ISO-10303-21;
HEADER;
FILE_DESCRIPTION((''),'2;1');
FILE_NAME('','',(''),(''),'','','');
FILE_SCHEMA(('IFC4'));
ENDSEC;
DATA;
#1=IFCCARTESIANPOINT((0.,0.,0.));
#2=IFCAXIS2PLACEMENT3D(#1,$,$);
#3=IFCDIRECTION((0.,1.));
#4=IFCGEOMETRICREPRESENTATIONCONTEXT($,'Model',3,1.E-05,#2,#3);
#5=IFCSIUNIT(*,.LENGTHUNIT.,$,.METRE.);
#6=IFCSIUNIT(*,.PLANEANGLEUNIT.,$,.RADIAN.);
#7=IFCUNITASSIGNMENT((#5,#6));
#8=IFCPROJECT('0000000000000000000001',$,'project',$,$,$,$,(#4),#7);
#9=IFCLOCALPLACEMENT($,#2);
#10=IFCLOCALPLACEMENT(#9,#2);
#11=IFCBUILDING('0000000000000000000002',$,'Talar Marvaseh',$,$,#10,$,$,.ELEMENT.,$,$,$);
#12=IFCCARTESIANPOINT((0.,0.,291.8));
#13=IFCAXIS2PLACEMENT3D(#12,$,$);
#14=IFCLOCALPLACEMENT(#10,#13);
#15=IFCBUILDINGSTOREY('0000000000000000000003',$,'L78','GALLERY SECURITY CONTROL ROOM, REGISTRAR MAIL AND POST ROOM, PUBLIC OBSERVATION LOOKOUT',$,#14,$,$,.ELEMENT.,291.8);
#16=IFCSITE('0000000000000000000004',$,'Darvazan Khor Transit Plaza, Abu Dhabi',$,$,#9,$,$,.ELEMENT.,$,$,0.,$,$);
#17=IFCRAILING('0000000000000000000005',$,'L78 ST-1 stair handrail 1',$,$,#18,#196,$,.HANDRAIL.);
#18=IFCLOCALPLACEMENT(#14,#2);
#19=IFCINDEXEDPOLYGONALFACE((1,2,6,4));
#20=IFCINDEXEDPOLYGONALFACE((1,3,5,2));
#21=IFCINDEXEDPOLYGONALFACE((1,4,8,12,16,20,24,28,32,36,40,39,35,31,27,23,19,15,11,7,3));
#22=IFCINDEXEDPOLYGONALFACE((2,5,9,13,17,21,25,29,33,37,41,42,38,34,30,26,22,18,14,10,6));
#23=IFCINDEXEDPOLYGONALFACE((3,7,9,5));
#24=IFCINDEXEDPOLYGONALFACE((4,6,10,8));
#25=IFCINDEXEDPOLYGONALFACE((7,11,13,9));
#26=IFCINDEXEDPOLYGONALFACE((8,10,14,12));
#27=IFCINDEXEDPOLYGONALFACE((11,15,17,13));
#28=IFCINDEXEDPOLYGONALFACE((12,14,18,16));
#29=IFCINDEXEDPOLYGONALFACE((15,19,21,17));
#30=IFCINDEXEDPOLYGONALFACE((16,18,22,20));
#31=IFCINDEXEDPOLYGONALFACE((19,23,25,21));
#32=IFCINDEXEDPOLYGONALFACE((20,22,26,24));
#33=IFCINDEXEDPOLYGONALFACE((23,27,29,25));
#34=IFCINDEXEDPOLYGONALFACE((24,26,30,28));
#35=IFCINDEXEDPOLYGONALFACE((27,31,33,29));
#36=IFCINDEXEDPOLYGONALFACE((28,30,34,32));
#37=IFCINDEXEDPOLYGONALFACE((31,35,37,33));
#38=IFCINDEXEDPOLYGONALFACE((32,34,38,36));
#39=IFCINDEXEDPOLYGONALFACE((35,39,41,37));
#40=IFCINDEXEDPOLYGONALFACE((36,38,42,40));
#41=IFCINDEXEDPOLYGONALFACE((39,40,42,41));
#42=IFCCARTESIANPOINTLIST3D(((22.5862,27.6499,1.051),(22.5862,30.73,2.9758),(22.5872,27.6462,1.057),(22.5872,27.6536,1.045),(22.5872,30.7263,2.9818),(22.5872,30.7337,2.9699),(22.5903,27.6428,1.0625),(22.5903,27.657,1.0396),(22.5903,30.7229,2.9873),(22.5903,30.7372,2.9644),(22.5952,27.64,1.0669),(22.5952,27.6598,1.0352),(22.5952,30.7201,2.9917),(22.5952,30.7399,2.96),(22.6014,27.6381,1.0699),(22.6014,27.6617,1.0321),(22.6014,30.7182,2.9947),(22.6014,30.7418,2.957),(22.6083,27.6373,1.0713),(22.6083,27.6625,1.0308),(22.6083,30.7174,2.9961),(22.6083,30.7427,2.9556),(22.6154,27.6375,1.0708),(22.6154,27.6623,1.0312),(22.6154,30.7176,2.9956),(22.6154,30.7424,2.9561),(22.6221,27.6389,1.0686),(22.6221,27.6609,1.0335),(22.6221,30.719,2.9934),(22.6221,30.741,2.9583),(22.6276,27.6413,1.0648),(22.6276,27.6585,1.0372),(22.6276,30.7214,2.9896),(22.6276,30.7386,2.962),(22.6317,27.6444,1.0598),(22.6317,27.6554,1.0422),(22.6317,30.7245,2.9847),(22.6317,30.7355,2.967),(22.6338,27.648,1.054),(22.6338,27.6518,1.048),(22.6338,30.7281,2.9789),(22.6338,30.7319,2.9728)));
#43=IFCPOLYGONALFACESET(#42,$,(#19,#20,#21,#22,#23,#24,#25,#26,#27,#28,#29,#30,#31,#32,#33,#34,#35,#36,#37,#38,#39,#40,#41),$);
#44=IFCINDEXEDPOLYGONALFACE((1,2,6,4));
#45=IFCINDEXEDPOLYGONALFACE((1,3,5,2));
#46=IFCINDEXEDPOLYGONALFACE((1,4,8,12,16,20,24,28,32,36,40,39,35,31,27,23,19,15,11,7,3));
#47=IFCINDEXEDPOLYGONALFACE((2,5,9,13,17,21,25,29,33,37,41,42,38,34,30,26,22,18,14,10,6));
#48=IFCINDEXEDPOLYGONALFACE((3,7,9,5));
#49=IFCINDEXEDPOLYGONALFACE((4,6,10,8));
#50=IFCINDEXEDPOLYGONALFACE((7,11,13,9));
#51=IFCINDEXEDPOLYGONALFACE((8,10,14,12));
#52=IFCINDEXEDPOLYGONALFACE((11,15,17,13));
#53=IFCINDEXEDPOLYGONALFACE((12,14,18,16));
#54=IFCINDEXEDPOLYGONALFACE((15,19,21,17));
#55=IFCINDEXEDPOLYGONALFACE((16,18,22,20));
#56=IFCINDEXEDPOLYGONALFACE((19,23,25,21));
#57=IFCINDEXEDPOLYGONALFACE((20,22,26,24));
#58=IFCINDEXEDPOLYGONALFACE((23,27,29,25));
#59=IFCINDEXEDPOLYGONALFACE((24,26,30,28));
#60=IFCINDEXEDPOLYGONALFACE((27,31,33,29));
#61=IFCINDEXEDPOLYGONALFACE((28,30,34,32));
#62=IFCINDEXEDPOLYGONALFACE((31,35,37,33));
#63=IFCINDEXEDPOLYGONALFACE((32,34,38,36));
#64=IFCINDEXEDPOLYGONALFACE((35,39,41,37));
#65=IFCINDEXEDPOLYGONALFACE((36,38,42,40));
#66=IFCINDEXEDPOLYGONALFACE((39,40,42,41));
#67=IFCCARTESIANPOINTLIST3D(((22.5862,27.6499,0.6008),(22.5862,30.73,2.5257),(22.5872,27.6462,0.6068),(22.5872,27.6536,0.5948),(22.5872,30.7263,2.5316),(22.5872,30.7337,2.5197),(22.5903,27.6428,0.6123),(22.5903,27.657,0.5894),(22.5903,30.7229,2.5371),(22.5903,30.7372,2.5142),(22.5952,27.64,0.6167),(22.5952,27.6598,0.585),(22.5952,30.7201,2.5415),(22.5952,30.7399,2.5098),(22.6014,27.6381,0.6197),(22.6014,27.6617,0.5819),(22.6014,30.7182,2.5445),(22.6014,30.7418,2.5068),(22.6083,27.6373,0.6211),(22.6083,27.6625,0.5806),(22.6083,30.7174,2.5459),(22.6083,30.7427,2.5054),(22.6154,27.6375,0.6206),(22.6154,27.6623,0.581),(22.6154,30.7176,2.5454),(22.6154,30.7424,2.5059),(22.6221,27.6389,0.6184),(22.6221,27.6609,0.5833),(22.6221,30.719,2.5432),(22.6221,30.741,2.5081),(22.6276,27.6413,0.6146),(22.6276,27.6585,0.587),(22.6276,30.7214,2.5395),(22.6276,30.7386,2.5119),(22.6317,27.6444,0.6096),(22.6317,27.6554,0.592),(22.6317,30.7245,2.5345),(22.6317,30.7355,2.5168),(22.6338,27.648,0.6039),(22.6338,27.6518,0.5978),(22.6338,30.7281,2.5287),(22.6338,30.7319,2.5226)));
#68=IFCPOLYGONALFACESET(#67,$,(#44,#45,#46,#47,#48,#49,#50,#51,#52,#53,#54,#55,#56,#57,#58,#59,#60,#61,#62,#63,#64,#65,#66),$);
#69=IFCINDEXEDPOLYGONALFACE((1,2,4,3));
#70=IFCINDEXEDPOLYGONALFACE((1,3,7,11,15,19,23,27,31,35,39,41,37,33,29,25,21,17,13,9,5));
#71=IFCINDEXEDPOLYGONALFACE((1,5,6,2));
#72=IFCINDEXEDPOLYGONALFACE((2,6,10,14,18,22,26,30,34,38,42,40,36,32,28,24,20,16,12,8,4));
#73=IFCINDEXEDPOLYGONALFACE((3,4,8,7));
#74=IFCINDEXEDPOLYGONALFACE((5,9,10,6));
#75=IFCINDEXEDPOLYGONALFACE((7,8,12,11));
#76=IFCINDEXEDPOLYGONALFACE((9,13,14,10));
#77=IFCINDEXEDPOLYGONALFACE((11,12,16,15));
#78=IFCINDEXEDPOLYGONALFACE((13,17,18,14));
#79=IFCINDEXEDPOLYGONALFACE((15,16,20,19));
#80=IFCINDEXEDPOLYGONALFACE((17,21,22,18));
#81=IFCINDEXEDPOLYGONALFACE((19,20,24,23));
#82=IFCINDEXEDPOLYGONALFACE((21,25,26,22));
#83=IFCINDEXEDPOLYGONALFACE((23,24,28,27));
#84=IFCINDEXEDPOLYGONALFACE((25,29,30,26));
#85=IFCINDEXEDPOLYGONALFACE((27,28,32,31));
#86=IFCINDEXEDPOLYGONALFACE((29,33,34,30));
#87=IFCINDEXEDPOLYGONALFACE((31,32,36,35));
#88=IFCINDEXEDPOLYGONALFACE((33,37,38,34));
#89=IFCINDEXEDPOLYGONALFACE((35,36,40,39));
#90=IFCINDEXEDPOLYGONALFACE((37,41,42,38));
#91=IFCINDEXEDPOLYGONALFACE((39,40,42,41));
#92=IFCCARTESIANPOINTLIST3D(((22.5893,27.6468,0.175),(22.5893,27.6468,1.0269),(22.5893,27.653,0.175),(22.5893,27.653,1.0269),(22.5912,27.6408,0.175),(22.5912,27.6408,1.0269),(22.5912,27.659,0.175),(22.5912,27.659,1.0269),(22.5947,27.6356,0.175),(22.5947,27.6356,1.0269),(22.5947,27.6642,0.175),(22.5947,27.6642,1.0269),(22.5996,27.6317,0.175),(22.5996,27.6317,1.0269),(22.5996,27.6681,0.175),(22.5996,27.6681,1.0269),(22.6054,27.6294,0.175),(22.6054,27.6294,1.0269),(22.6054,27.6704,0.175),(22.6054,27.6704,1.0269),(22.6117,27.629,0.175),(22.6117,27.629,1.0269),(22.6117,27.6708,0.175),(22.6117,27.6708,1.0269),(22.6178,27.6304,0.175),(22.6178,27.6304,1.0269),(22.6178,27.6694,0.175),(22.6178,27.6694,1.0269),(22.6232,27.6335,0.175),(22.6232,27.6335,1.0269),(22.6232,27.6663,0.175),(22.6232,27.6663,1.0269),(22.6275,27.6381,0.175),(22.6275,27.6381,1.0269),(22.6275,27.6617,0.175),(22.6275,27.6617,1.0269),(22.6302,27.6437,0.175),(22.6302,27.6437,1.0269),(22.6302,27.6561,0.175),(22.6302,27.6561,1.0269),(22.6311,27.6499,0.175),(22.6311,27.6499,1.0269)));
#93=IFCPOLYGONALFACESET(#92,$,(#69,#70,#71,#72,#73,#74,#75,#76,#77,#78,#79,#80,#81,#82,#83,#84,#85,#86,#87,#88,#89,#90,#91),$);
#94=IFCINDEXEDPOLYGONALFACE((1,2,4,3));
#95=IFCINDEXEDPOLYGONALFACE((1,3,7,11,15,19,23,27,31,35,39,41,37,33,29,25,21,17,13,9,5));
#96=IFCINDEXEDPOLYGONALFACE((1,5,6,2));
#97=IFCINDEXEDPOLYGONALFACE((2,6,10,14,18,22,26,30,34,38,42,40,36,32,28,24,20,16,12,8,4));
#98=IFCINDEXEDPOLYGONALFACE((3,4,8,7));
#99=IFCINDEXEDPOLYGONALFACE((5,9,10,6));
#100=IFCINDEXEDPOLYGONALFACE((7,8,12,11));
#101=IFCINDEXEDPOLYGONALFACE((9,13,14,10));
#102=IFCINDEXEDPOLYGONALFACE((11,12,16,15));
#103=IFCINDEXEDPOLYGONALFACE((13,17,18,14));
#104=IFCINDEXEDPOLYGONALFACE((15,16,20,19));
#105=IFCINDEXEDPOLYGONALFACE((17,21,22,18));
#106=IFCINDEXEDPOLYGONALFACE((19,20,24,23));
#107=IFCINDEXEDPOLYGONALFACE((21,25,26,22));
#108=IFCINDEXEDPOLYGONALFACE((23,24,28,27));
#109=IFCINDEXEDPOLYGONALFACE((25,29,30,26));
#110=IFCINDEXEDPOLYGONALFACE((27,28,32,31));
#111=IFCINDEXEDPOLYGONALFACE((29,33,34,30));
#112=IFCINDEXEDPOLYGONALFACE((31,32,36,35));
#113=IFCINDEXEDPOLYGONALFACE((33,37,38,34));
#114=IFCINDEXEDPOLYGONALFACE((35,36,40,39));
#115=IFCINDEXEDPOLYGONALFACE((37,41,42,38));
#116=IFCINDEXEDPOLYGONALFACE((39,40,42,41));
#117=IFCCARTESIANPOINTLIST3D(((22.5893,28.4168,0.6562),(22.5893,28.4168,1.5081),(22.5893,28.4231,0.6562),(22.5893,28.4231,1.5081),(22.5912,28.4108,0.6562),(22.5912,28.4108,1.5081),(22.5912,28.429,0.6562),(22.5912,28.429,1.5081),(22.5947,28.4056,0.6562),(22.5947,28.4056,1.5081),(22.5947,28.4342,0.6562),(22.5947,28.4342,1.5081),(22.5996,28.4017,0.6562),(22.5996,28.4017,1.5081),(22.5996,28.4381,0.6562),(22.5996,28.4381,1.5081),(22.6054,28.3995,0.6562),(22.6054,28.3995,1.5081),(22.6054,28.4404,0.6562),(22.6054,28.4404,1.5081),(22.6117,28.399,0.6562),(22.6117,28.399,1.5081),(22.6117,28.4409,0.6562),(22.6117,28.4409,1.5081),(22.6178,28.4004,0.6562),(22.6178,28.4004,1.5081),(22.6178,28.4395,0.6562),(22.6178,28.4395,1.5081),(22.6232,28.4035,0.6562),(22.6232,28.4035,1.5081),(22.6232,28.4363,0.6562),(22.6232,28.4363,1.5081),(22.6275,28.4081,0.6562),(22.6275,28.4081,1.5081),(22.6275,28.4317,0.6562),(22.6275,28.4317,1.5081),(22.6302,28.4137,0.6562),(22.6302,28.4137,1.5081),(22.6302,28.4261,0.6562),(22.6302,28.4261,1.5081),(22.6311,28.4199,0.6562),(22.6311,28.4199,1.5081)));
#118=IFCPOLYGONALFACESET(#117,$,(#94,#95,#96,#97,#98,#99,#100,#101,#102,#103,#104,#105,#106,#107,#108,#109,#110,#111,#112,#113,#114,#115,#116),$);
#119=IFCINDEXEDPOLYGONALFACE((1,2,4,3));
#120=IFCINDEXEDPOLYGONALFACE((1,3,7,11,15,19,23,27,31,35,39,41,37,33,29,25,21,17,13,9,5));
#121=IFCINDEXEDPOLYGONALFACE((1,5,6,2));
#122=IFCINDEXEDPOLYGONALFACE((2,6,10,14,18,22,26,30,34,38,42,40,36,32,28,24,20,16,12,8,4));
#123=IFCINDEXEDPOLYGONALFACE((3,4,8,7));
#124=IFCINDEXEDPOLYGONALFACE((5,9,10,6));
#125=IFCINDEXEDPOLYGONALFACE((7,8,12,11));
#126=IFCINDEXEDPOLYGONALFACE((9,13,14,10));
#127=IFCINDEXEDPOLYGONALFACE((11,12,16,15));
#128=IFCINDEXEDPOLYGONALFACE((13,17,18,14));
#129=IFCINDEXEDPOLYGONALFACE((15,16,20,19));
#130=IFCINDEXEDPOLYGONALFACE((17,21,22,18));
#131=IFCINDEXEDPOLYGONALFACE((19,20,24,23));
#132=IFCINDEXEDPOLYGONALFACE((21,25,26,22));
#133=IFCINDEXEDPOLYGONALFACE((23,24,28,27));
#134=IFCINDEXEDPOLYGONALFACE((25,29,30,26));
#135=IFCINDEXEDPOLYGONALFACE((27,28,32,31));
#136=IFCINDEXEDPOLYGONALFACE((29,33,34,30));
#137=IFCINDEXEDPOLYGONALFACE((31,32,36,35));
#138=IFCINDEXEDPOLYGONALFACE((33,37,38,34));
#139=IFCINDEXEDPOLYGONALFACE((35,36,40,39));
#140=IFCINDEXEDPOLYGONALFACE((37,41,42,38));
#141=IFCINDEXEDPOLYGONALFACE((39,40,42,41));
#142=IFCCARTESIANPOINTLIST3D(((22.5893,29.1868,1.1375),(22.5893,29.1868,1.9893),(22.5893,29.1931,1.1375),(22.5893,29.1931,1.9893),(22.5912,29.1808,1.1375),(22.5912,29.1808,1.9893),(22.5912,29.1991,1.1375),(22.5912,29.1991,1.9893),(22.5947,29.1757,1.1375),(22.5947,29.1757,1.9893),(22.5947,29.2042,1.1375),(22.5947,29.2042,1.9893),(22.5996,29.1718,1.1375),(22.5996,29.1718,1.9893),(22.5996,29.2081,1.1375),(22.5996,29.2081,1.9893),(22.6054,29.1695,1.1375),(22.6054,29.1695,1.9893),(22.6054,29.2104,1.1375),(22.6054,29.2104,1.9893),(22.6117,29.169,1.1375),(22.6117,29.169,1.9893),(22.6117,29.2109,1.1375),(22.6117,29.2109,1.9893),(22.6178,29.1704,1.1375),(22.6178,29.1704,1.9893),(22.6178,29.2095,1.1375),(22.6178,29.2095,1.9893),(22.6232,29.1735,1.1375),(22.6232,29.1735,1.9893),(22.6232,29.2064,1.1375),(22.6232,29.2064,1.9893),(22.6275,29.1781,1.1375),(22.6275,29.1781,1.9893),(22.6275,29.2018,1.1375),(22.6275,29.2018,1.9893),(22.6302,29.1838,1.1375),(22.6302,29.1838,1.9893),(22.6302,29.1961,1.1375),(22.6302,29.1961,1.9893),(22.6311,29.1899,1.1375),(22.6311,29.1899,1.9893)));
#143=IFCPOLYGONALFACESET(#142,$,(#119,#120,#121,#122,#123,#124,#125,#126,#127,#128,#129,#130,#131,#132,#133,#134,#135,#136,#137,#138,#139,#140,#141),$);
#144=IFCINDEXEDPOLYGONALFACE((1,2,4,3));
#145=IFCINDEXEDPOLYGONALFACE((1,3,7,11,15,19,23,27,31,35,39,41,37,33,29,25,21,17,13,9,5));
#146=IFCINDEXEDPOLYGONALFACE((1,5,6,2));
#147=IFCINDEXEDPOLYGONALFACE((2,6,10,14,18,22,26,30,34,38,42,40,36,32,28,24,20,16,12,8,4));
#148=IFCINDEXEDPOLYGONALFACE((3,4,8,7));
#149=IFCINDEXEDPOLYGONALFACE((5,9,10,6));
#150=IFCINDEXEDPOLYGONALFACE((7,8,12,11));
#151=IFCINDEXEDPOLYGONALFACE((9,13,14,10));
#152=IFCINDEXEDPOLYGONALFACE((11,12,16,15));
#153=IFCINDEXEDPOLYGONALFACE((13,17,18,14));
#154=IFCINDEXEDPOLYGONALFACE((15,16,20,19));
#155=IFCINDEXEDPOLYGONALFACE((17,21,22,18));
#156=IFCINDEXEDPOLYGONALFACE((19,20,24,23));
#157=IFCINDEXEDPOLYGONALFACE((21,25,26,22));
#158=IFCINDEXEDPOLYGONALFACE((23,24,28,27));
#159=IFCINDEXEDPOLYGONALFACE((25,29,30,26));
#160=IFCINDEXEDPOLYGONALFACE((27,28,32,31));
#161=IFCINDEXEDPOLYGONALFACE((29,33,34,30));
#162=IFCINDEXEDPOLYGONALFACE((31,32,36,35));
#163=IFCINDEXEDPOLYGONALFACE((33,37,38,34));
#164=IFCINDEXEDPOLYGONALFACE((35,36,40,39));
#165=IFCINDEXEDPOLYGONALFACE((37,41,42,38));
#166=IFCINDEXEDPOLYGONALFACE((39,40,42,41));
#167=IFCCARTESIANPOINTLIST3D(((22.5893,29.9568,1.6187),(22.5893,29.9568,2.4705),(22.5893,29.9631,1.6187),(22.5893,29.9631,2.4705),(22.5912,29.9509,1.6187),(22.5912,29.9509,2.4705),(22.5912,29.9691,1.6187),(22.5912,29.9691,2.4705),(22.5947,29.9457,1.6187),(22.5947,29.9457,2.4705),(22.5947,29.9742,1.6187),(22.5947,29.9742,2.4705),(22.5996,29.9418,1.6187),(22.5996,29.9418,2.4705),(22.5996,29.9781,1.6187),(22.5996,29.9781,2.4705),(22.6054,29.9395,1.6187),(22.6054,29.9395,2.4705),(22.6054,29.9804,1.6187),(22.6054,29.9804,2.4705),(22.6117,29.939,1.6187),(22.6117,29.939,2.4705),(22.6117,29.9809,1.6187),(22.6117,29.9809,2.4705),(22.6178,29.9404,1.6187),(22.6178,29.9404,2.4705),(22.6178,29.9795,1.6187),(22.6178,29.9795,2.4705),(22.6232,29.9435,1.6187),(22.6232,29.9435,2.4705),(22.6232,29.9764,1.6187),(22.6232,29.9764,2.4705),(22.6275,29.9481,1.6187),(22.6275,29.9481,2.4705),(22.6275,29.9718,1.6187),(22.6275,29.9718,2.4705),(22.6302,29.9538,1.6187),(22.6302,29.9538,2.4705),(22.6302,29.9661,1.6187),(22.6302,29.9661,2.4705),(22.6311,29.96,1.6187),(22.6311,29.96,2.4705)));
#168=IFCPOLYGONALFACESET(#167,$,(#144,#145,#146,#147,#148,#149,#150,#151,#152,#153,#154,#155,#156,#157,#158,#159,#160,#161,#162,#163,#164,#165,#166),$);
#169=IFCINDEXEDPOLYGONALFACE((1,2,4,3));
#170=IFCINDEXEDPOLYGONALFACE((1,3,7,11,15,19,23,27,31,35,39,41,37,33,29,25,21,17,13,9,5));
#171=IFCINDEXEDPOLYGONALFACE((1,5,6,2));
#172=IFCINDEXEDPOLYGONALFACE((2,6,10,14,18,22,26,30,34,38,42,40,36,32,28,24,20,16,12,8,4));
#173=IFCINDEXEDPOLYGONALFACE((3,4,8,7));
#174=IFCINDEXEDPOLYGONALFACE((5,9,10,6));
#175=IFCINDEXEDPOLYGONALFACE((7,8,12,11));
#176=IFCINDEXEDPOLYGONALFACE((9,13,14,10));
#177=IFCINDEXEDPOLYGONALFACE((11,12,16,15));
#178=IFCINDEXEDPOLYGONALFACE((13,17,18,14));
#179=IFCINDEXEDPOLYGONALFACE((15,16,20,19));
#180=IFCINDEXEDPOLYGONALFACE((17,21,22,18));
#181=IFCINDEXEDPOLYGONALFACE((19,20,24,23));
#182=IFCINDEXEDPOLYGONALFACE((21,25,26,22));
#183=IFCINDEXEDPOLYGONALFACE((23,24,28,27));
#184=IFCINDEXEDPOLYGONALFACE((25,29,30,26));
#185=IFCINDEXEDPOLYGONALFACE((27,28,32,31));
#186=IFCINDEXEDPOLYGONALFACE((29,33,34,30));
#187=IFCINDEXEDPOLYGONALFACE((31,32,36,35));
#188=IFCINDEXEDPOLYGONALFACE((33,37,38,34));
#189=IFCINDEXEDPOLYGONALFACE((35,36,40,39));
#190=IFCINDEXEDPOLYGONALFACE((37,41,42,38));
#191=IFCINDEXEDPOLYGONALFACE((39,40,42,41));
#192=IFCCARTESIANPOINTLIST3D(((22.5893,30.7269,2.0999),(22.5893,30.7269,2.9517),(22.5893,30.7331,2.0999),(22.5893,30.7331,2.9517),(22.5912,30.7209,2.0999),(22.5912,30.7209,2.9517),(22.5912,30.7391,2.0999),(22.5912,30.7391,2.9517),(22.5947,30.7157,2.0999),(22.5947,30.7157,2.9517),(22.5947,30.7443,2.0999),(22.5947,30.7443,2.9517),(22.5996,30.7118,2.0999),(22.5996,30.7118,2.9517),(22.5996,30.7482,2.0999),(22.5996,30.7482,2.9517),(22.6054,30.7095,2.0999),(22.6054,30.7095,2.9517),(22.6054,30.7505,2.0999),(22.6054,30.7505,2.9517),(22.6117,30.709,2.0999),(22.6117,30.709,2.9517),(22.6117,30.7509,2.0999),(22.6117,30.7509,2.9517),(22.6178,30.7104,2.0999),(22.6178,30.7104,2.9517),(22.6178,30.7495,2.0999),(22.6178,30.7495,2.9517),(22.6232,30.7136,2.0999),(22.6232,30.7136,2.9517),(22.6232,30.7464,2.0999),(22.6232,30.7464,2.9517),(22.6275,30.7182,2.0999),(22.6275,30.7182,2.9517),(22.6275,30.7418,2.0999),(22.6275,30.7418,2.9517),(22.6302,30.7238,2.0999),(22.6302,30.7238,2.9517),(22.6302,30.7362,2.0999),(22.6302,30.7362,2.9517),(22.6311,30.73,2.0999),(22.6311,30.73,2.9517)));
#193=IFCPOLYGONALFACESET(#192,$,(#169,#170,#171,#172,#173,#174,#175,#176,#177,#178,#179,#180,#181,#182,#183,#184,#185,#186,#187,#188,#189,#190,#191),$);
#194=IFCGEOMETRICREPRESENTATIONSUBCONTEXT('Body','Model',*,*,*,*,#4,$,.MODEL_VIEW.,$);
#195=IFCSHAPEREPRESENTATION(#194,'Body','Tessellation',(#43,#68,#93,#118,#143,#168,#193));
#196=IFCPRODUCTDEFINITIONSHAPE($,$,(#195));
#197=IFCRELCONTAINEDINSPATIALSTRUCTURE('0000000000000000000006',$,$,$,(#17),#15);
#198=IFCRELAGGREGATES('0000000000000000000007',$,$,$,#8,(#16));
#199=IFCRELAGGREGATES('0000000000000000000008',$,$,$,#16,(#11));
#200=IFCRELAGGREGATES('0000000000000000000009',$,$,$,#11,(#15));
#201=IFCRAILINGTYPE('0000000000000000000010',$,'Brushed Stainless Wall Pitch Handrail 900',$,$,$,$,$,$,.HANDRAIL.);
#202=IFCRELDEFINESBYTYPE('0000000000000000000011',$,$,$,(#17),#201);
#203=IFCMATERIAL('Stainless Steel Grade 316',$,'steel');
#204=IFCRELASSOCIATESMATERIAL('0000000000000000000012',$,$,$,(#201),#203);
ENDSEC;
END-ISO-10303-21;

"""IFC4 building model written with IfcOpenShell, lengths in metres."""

from ifc_helpers import new_model, si_unit, direction, frame, origin, origin_2d, place, context, subcontext, project, spatial, circle, extrude, material, type_object, element, save


model = new_model("IFC4")

# Units and contexts
model_context = context("Model", 3, precision=1e-05, world=origin(), true_north=direction((0.0, 1.0)))
body_context = subcontext(model_context, "Body", "Model", "MODEL_VIEW")
ifc_project = project(units=[si_unit("LENGTHUNIT", "METRE"), si_unit("PLANEANGLEUNIT", "RADIAN")], contexts=[model_context])

# Site, building, storey
site_placement = place(None, origin())
site = spatial("IfcSite", under=ifc_project, at=site_placement, Name="Darvazan Khor Transit Plaza, Abu Dhabi", CompositionType="ELEMENT", RefElevation=0.0)
building_placement = place(site_placement, origin())
building = spatial("IfcBuilding", under=site, at=building_placement, Name="Talar Marvaseh", CompositionType="ELEMENT")
storey_placement = place(building_placement, frame((0.0, 0.0, 291.8)))
storey = spatial("IfcBuildingStorey", under=building, at=storey_placement, Name="L78", Description="GALLERY SECURITY CONTROL ROOM, REGISTRAR MAIL AND POST ROOM, PUBLIC OBSERVATION LOOKOUT", CompositionType="ELEMENT", Elevation=291.8)

# Shared definitions
ifc_material_1 = material(Name="Stainless Steel Grade 316", Category="steel")

# Railing
railing_type = type_object("IfcRailingType", Name="Brushed Stainless Wall Pitch Handrail 900", PredefinedType="HANDRAIL", material=ifc_material_1)
railing_placement = place(storey_placement, frame((22.6101, 27.6499, 0.175)))
element("IfcRailing", 1, at=railing_placement, inside=storey, type_object=railing_type, Name="L78 ST-1 stair handrail 1", PredefinedType="HANDRAIL", context=body_context, shape_type="SweptSolid", body=[
    extrude(circle(Radius=0.0239, at=origin_2d()), frame((0.0, 0.0, 0.876), z_axis=(0.0, 0.848029, 0.529951), x_axis=(-1.0, 0.0, 0.0)), (0.0, 0.0, 1.0), 3.6321),
    extrude(circle(Radius=0.0239, at=origin_2d()), frame((0.0, 0.0, 0.4258), z_axis=(0.0, 0.848029, 0.529951), x_axis=(-1.0, 0.0, 0.0)), (0.0, 0.0, 1.0), 3.6321),
    extrude(circle(Radius=0.021, at=origin_2d()), origin(), (0.0, 0.0, 1.0), 0.8518),
    extrude(circle(Radius=0.021, at=origin_2d()), frame((0.0, 0.77, 0.4812)), (0.0, 0.0, 1.0), 0.8518),
    extrude(circle(Radius=0.021, at=origin_2d()), frame((0.0, 1.54, 0.9624)), (0.0, 0.0, 1.0), 0.8518),
    extrude(circle(Radius=0.021, at=origin_2d()), frame((0.0, 2.3101, 1.4436)), (0.0, 0.0, 1.0), 0.8518),
    extrude(circle(Radius=0.021, at=origin_2d()), frame((0.0, 3.0801, 1.9248)), (0.0, 0.0, 1.0), 0.8518),
])

save(model, "model.ifc")
